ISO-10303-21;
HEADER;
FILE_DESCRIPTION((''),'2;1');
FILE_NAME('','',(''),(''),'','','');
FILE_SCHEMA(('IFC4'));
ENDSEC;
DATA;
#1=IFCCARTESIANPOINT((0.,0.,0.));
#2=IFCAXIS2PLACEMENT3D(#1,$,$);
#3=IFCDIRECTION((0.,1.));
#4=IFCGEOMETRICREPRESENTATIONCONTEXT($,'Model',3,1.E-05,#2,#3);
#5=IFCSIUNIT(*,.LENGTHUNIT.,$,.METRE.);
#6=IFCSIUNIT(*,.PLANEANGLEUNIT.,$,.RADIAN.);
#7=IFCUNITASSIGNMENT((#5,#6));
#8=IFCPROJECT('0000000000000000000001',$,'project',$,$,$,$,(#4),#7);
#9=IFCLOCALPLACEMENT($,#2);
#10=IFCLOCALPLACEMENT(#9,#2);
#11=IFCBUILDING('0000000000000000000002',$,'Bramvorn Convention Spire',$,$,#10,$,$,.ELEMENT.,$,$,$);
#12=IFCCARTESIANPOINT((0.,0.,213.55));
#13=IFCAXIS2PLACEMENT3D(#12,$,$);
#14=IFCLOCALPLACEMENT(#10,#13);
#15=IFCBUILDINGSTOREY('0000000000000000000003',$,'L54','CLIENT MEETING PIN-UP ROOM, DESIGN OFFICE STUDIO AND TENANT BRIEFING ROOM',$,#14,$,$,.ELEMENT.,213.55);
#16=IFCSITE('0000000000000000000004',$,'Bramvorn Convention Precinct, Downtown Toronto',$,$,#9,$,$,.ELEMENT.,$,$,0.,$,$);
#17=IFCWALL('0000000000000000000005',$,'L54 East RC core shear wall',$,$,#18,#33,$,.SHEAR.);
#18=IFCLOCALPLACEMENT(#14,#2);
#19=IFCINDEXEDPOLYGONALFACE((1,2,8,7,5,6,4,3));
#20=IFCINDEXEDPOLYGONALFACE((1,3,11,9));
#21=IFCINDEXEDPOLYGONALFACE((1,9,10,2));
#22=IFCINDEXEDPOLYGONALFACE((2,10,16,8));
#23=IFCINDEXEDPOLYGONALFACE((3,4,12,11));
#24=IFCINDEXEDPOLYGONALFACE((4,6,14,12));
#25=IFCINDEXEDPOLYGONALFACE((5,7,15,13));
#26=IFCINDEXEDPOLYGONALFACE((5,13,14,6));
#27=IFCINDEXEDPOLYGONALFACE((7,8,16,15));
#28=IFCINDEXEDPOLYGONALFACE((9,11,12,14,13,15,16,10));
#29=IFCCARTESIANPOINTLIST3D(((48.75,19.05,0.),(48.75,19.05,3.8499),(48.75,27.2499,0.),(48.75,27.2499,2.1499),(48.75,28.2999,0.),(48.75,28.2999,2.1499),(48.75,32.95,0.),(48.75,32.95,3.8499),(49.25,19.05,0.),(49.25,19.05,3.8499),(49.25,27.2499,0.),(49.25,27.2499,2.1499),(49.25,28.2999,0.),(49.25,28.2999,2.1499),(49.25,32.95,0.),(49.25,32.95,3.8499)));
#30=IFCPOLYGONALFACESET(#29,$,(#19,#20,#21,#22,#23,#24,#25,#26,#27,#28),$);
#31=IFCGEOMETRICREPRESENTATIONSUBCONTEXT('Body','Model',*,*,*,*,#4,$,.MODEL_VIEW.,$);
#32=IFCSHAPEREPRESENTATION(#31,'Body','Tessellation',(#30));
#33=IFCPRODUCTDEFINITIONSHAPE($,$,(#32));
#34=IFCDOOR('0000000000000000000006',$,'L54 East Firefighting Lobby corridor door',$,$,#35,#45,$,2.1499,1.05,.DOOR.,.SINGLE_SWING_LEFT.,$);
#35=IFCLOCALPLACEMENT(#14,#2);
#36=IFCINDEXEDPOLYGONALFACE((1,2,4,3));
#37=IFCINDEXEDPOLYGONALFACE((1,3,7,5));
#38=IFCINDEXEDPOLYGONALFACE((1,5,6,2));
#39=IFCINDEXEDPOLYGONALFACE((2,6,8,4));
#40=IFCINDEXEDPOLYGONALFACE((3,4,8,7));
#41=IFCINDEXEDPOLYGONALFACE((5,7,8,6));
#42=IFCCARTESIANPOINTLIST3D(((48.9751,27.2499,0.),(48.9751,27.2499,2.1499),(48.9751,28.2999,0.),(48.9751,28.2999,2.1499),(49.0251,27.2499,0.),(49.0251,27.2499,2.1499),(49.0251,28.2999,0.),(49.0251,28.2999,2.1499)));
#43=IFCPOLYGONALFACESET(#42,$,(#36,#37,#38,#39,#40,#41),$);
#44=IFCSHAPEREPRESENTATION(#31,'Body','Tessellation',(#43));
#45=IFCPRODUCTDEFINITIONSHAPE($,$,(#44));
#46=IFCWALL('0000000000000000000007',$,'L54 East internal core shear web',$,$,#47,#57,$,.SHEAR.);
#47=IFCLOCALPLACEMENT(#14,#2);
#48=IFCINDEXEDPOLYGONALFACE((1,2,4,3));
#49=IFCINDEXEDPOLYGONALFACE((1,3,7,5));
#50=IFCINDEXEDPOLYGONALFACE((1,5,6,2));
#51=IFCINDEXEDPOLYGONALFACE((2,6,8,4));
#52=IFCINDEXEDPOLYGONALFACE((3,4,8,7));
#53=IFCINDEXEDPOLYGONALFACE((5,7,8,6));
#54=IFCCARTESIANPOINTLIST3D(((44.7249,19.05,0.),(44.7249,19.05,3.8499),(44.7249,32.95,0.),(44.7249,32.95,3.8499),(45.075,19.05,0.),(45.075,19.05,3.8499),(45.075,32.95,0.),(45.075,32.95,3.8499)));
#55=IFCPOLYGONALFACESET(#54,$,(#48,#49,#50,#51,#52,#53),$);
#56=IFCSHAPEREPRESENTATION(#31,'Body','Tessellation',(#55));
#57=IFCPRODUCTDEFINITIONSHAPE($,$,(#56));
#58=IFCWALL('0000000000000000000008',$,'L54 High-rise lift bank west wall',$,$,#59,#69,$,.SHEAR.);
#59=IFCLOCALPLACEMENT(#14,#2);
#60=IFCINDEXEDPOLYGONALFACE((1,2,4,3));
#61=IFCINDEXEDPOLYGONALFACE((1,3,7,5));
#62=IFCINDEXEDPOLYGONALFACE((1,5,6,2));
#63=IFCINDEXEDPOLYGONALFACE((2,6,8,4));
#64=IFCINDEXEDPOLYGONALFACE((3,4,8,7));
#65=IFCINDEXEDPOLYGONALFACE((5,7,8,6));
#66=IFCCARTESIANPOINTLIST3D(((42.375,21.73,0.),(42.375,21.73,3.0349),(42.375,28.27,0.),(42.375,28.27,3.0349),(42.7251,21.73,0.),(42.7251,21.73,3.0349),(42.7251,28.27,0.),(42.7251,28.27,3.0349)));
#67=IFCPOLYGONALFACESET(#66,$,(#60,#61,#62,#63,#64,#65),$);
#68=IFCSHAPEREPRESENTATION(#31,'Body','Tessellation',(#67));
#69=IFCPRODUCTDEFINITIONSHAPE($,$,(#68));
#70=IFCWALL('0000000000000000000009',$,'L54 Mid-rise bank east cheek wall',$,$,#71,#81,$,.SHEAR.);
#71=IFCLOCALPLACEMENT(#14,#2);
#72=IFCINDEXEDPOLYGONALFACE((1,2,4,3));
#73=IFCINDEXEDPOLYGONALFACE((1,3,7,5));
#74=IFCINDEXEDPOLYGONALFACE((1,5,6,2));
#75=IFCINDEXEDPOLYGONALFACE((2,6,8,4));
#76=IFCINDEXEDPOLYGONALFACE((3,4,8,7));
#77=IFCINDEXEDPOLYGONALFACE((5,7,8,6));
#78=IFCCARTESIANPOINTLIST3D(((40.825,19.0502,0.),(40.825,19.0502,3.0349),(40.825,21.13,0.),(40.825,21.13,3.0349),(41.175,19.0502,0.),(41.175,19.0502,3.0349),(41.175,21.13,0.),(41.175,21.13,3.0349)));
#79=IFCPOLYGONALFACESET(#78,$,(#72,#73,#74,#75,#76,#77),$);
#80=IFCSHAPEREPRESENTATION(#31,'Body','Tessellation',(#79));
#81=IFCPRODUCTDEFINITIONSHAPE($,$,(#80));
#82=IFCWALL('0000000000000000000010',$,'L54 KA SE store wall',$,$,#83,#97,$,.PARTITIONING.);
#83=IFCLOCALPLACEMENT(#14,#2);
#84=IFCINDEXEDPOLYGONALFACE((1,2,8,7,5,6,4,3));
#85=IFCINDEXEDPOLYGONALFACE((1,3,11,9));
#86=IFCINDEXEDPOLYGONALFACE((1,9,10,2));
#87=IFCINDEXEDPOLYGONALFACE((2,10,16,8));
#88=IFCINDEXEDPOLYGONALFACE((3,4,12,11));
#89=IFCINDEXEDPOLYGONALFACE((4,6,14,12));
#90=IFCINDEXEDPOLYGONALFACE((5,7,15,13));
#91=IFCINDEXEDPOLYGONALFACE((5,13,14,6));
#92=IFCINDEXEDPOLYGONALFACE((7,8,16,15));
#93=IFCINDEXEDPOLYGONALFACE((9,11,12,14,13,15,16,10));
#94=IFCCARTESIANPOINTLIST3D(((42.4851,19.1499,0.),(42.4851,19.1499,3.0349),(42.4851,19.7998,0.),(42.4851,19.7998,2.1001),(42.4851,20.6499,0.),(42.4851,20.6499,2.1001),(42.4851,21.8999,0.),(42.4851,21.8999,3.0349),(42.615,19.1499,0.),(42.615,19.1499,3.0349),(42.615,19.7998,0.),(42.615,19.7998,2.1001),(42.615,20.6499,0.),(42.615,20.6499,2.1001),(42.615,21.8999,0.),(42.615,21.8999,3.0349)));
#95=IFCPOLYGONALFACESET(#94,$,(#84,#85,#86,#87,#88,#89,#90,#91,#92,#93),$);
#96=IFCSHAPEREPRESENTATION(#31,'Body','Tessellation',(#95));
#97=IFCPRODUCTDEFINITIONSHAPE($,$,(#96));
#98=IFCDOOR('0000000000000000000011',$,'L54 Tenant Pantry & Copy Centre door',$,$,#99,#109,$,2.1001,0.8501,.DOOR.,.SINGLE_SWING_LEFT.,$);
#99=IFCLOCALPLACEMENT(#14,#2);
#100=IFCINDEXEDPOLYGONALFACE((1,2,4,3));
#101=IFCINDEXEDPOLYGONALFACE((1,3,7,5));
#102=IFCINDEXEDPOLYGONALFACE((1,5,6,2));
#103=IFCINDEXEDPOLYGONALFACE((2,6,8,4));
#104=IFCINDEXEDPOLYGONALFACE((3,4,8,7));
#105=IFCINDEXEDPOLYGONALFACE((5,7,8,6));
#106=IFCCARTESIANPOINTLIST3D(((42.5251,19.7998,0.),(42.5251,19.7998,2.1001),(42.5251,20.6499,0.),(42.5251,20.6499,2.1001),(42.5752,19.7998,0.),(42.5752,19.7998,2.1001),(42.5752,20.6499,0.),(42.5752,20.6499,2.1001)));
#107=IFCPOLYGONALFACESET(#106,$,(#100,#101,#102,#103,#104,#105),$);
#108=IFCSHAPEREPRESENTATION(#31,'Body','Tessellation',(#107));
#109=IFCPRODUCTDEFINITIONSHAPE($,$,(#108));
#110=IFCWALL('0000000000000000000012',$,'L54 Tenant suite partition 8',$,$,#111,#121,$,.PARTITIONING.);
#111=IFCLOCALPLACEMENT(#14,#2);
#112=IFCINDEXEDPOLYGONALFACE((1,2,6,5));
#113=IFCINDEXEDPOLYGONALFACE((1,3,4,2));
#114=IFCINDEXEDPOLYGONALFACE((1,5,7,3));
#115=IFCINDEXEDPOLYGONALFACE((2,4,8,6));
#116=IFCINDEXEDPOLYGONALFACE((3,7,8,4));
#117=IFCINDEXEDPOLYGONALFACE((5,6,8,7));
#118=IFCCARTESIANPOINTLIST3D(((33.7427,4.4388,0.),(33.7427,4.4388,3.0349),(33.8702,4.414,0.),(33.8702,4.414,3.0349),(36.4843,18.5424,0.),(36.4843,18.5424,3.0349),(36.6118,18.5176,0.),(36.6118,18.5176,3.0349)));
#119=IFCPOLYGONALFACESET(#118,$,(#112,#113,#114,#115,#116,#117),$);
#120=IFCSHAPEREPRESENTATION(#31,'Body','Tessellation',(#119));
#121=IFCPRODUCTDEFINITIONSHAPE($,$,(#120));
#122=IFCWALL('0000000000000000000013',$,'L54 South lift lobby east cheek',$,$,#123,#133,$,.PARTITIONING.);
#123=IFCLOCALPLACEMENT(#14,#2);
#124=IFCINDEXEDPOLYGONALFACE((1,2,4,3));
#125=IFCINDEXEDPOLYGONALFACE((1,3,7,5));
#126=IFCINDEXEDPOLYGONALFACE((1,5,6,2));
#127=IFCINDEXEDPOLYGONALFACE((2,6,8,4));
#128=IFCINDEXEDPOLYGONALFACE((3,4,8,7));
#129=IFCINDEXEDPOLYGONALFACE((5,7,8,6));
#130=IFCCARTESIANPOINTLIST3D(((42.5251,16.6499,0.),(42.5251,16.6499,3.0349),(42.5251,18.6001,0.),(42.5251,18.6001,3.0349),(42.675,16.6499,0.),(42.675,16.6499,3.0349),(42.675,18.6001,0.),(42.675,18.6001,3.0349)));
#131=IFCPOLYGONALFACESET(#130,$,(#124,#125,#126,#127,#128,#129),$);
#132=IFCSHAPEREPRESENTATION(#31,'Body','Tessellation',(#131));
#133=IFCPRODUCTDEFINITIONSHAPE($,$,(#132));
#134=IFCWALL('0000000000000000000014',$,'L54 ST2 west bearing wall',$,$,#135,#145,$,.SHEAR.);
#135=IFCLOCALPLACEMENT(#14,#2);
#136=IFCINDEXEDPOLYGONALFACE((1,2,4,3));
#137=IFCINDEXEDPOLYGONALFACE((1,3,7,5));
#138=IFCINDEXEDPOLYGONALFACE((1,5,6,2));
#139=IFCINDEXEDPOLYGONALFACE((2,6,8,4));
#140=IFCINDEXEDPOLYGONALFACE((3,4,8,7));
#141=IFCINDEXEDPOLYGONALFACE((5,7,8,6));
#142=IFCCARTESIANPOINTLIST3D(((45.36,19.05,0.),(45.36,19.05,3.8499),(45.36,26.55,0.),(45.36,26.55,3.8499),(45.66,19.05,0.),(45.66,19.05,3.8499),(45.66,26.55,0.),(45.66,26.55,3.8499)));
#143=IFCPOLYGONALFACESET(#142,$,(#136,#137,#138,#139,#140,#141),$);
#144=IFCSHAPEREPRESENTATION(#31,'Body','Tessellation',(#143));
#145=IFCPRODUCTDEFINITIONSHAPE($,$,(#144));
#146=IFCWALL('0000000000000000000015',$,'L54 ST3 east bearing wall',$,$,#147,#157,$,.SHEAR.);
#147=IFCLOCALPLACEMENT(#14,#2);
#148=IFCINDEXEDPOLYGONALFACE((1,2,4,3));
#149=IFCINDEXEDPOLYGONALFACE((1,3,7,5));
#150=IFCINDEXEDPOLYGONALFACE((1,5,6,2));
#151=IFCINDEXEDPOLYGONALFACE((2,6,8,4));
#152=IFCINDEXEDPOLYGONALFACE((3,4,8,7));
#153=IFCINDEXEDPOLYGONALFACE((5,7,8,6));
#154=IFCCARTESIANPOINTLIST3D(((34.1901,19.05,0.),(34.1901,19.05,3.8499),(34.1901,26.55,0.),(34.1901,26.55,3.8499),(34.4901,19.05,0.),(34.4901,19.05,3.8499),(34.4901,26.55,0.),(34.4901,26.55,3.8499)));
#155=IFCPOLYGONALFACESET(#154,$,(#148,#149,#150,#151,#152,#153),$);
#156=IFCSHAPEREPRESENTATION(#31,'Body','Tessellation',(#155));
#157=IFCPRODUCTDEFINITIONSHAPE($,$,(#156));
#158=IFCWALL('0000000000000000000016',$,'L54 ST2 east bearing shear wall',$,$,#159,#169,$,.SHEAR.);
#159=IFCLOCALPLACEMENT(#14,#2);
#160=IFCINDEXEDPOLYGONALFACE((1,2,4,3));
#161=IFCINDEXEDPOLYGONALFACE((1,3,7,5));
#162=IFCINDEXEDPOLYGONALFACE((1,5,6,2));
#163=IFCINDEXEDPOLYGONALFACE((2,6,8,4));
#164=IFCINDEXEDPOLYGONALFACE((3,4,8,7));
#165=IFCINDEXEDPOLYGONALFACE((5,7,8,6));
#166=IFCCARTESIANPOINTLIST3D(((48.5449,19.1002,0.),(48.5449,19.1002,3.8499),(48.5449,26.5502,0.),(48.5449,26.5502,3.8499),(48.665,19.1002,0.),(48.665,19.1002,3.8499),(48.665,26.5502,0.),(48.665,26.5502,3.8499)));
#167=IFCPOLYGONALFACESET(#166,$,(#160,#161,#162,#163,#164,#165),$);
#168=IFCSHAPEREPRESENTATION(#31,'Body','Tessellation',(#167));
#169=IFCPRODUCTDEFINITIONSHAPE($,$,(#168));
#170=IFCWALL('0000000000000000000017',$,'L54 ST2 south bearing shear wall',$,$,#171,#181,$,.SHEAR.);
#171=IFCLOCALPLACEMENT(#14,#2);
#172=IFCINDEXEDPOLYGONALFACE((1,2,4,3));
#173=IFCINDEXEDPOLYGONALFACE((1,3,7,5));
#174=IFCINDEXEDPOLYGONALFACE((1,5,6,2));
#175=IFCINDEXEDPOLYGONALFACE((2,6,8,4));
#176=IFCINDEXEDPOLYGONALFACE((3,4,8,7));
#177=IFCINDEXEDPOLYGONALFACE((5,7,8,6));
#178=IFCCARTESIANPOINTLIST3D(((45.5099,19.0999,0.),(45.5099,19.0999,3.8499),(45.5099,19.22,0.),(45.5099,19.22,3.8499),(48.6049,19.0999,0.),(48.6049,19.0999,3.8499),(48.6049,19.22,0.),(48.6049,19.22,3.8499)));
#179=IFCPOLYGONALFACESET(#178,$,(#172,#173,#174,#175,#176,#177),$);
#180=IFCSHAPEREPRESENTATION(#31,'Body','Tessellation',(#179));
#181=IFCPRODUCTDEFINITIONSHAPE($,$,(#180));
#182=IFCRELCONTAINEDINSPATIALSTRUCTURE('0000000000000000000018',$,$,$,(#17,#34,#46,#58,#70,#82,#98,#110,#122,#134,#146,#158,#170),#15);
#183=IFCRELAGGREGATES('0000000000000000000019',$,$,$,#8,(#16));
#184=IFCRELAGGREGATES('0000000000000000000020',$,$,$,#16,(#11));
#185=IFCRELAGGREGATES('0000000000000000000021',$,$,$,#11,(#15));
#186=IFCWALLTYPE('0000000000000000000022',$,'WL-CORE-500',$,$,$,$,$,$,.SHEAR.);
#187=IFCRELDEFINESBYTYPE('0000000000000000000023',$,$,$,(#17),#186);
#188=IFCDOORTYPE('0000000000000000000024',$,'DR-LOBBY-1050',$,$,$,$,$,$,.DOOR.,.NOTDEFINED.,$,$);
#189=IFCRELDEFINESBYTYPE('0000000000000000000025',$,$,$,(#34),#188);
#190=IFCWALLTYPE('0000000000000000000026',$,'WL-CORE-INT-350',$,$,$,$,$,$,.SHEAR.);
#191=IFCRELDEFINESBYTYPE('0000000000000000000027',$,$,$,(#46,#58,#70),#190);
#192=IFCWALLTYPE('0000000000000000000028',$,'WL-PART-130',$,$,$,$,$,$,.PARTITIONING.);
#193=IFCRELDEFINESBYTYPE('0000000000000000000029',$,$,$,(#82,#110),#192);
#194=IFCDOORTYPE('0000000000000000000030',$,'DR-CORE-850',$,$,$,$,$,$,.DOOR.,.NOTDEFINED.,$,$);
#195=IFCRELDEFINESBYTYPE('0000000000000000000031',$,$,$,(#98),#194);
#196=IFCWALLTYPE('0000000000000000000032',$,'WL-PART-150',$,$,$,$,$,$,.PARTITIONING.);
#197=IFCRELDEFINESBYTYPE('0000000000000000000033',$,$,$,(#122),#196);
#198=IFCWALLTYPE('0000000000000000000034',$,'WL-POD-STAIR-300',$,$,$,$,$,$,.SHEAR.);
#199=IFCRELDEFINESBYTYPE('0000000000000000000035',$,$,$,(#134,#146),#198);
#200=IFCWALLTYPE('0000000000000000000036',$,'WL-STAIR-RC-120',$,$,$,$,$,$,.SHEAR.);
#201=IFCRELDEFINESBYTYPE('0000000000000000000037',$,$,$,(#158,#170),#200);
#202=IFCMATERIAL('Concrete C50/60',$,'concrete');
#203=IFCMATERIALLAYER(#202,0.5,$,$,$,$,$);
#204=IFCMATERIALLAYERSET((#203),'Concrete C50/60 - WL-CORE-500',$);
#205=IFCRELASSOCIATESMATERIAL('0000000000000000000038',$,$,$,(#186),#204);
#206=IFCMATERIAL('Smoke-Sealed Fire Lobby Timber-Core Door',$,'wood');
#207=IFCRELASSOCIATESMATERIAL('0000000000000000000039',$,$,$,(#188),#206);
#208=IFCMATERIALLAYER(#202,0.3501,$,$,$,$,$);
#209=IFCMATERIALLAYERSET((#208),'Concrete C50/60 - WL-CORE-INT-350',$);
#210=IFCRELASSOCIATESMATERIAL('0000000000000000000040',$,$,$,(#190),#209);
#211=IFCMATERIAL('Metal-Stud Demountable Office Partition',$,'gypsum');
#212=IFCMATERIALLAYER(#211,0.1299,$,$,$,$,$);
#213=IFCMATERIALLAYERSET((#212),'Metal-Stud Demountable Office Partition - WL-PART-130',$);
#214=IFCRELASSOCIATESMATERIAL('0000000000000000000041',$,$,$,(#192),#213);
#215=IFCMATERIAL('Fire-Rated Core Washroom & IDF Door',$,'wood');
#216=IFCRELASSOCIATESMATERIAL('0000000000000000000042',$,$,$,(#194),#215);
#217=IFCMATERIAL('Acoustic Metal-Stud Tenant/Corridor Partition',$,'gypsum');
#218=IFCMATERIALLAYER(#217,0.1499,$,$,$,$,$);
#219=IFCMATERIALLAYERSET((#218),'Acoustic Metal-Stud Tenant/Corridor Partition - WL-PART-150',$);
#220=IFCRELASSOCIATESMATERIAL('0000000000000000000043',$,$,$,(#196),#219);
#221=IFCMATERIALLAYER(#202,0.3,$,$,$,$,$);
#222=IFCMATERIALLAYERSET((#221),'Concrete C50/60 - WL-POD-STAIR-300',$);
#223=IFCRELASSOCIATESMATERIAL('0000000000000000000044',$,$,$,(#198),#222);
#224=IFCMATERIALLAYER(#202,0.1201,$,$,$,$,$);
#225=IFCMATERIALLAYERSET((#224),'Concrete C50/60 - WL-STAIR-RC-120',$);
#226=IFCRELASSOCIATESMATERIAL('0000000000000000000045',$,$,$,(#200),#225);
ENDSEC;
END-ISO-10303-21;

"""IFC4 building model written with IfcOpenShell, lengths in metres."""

from ifc_helpers import new_model, si_unit, direction, frame, frame_2d, origin, place, context, subcontext, project, spatial, rectangle, extrude, material, layer, layer_set, type_object, element, fill, save


model = new_model("IFC4")

# Units and contexts
model_context = context("Model", 3, precision=1e-05, world=origin(), true_north=direction((0.0, 1.0)))
body_context = subcontext(model_context, "Body", "Model", "MODEL_VIEW")
ifc_project = project(units=[si_unit("LENGTHUNIT", "METRE"), si_unit("PLANEANGLEUNIT", "RADIAN")], contexts=[model_context])

# Site, building, storey
site_placement = place(None, origin())
site = spatial("IfcSite", under=ifc_project, at=site_placement, Name="Bramvorn Convention Precinct, Downtown Toronto", CompositionType="ELEMENT", RefElevation=0.0)
building_placement = place(site_placement, origin())
building = spatial("IfcBuilding", under=site, at=building_placement, Name="Bramvorn Convention Spire", CompositionType="ELEMENT")
storey_placement = place(building_placement, frame((0.0, 0.0, 213.55)))
storey = spatial("IfcBuildingStorey", under=building, at=storey_placement, Name="L54", Description="CLIENT MEETING PIN-UP ROOM, DESIGN OFFICE STUDIO AND TENANT BRIEFING ROOM", CompositionType="ELEMENT", Elevation=213.55)

# Wall, opening, door
ifc_material_1 = material(Name="Concrete C50/60", Category="concrete")
ifc_layer_1 = layer(ifc_material_1, 0.5)
ifc_layer_set_1 = layer_set([ifc_layer_1], Name="Concrete C50/60 - WL-CORE-500")
wall_type_1 = type_object("IfcWallType", Name="WL-CORE-500", PredefinedType="SHEAR", material=ifc_layer_set_1)
wall_1_placement = place(storey_placement, frame((49.0, 19.05, 0.0), z_axis=(0.0, 0.0, 1.0), x_axis=(0.0, 1.0, 0.0)))
wall_1 = element("IfcWall", 1, at=wall_1_placement, inside=storey, type_object=wall_type_1, Name="L54 East RC core shear wall", PredefinedType="SHEAR", context=body_context, shape_type="SweptSolid", body=[
    extrude(rectangle(XDim=13.8999, YDim=0.5, at=frame_2d((6.95, 0.0))), origin(), (0.0, 0.0, 1.0), 3.8499),
])
opening_1_placement = place(wall_1_placement, frame((8.2, 0.0, 0.0)))
opening_1 = element("IfcOpeningElement", 2, at=opening_1_placement, cuts=wall_1, PredefinedType="OPENING", context=body_context, shape_type="SweptSolid", body=[
    extrude(rectangle(XDim=1.05, YDim=2.1499, at=frame_2d((0.5249, 1.075))), frame((0.0, 0.26, 0.0), z_axis=(0.0, -1.0, 0.0), x_axis=(1.0, 0.0, 0.0)), (0.0, 0.0, 1.0), 0.52),
])
ifc_material_2 = material(Name="Smoke-Sealed Fire Lobby Timber-Core Door", Category="wood")
door_type_1 = type_object("IfcDoorType", Name="DR-LOBBY-1050", OperationType="NOTDEFINED", PredefinedType="DOOR", material=ifc_material_2)
door_1_placement = place(opening_1_placement, origin())
door_1 = element("IfcDoor", 3, at=door_1_placement, inside=storey, type_object=door_type_1, Name="L54 East Firefighting Lobby corridor door", OperationType="SINGLE_SWING_LEFT", OverallHeight=2.1499, OverallWidth=1.05, PredefinedType="DOOR", context=body_context, shape_type="SweptSolid", body=[
    extrude(rectangle(XDim=1.05, YDim=2.1499, at=frame_2d((0.5249, 1.075))), frame((0.0, 0.0249, 0.0), z_axis=(0.0, -1.0, 0.0), x_axis=(1.0, 0.0, 0.0)), (0.0, 0.0, 1.0), 0.05),
])
fill(opening_1, door_1)

# Walls
ifc_layer_2 = layer(ifc_material_1, 0.3501)
ifc_layer_set_2 = layer_set([ifc_layer_2], Name="Concrete C50/60 - WL-CORE-INT-350")
wall_type_2 = type_object("IfcWallType", Name="WL-CORE-INT-350", PredefinedType="SHEAR", material=ifc_layer_set_2)
wall_2_placement = place(storey_placement, frame((44.8999, 19.05, 0.0), z_axis=(0.0, 0.0, 1.0), x_axis=(0.0, 1.0, 0.0)))
element("IfcWall", 4, at=wall_2_placement, inside=storey, type_object=wall_type_2, Name="L54 East internal core shear web", PredefinedType="SHEAR", context=body_context, shape_type="SweptSolid", body=[
    extrude(rectangle(XDim=13.8999, YDim=0.3501, at=frame_2d((6.95, 0.0))), origin(), (0.0, 0.0, 1.0), 3.8499),
])
wall_3_placement = place(storey_placement, frame((42.55, 21.73, 0.0), z_axis=(0.0, 0.0, 1.0), x_axis=(0.0, 1.0, 0.0)))
element("IfcWall", 5, at=wall_3_placement, inside=storey, type_object=wall_type_2, Name="L54 High-rise lift bank west wall", PredefinedType="SHEAR", context=body_context, shape_type="SweptSolid", body=[
    extrude(rectangle(XDim=6.54, YDim=0.3501, at=frame_2d((3.27, 0.0))), origin(), (0.0, 0.0, 1.0), 3.0349),
])

# Wall
wall_4_placement = place(storey_placement, frame((41.0, 19.05, 0.0), z_axis=(0.0, 0.0, 1.0), x_axis=(0.0, 1.0, 0.0)))
element("IfcWall", 6, at=wall_4_placement, inside=storey, type_object=wall_type_2, Name="L54 Mid-rise bank east cheek wall", PredefinedType="SHEAR", context=body_context, shape_type="SweptSolid", body=[
    extrude(rectangle(XDim=2.0798, YDim=0.3501, at=frame_2d((1.04, 0.0))), origin(), (0.0, 0.0, 1.0), 3.0349),
])

# Wall, opening, door
ifc_material_3 = material(Name="Metal-Stud Demountable Office Partition", Category="gypsum")
ifc_layer_3 = layer(ifc_material_3, 0.1299)
ifc_layer_set_3 = layer_set([ifc_layer_3], Name="Metal-Stud Demountable Office Partition - WL-PART-130")
wall_type_3 = type_object("IfcWallType", Name="WL-PART-130", PredefinedType="PARTITIONING", material=ifc_layer_set_3)
wall_5_placement = place(storey_placement, frame((42.55, 19.1499, 0.0), z_axis=(0.0, 0.0, 1.0), x_axis=(0.0, 1.0, 0.0)))
wall_5 = element("IfcWall", 7, at=wall_5_placement, inside=storey, type_object=wall_type_3, Name="L54 KA SE store wall", PredefinedType="PARTITIONING", context=body_context, shape_type="SweptSolid", body=[
    extrude(rectangle(XDim=2.75, YDim=0.1299, at=frame_2d((1.375, 0.0))), origin(), (0.0, 0.0, 1.0), 3.0349),
])
opening_2_placement = place(wall_5_placement, frame((0.6499, 0.0, 0.0)))
opening_2 = element("IfcOpeningElement", 8, at=opening_2_placement, cuts=wall_5, PredefinedType="OPENING", context=body_context, shape_type="SweptSolid", body=[
    extrude(rectangle(XDim=0.8501, YDim=2.1001, at=frame_2d((0.425, 1.05))), frame((0.0, 0.075, 0.0), z_axis=(0.0, -1.0, 0.0), x_axis=(1.0, 0.0, 0.0)), (0.0, 0.0, 1.0), 0.1499),
])
ifc_material_4 = material(Name="Fire-Rated Core Washroom & IDF Door", Category="wood")
door_type_2 = type_object("IfcDoorType", Name="DR-CORE-850", OperationType="NOTDEFINED", PredefinedType="DOOR", material=ifc_material_4)
door_2_placement = place(opening_2_placement, origin())
door_2 = element("IfcDoor", 9, at=door_2_placement, inside=storey, type_object=door_type_2, Name="L54 Tenant Pantry & Copy Centre door", OperationType="SINGLE_SWING_LEFT", OverallHeight=2.1001, OverallWidth=0.8501, PredefinedType="DOOR", context=body_context, shape_type="SweptSolid", body=[
    extrude(rectangle(XDim=0.8501, YDim=2.1001, at=frame_2d((0.425, 1.05))), frame((0.0, 0.0249, 0.0), z_axis=(0.0, -1.0, 0.0), x_axis=(1.0, 0.0, 0.0)), (0.0, 0.0, 1.0), 0.05),
])
fill(opening_2, door_2)

# Walls
wall_6_placement = place(storey_placement, frame((36.5481, 18.53, 0.0), z_axis=(0.0, 0.0, 1.0), x_axis=(-0.190823, -0.981624, 0.0)))
element("IfcWall", 10, at=wall_6_placement, inside=storey, type_object=wall_type_3, Name="L54 Tenant suite partition 8", PredefinedType="PARTITIONING", context=body_context, shape_type="SweptSolid", body=[
    extrude(rectangle(XDim=14.3677, YDim=0.1299, at=frame_2d((7.1838, 0.0))), origin(), (0.0, 0.0, 1.0), 3.0349),
])
ifc_material_5 = material(Name="Acoustic Metal-Stud Tenant/Corridor Partition", Category="gypsum")
ifc_layer_4 = layer(ifc_material_5, 0.1499)
ifc_layer_set_4 = layer_set([ifc_layer_4], Name="Acoustic Metal-Stud Tenant/Corridor Partition - WL-PART-150")
wall_type_4 = type_object("IfcWallType", Name="WL-PART-150", PredefinedType="PARTITIONING", material=ifc_layer_set_4)
wall_7_placement = place(storey_placement, frame((42.6001, 16.6499, 0.0), z_axis=(0.0, 0.0, 1.0), x_axis=(0.0, 1.0, 0.0)))
element("IfcWall", 11, at=wall_7_placement, inside=storey, type_object=wall_type_4, Name="L54 South lift lobby east cheek", PredefinedType="PARTITIONING", context=body_context, shape_type="SweptSolid", body=[
    extrude(rectangle(XDim=1.9502, YDim=0.1499, at=frame_2d((0.9751, 0.0))), origin(), (0.0, 0.0, 1.0), 3.0349),
])
ifc_layer_5 = layer(ifc_material_1, 0.3)
ifc_layer_set_5 = layer_set([ifc_layer_5], Name="Concrete C50/60 - WL-POD-STAIR-300")
wall_type_5 = type_object("IfcWallType", Name="WL-POD-STAIR-300", PredefinedType="SHEAR", material=ifc_layer_set_5)
for number, where, z_axis, x_axis, name in (
    (12, (45.51, 19.05, 0.0), (0.0, 0.0, 1.0), (0.0, 1.0, 0.0), "L54 ST2 west bearing wall"),
    (13, (34.3401, 19.05, 0.0), (0.0, 0.0, 1.0), (0.0, 1.0, 0.0), "L54 ST3 east bearing wall"),
):
    element("IfcWall", number, at=place(storey_placement, frame(where, z_axis=z_axis, x_axis=x_axis)), inside=storey, type_object=wall_type_5, Name=name, PredefinedType="SHEAR", context=body_context, shape_type="SweptSolid", body=[
        extrude(rectangle(XDim=7.5, YDim=0.3, at=frame_2d((3.75, 0.0))), origin(), (0.0, 0.0, 1.0), 3.8499),
    ])
ifc_layer_6 = layer(ifc_material_1, 0.1201)
ifc_layer_set_6 = layer_set([ifc_layer_6], Name="Concrete C50/60 - WL-STAIR-RC-120")
wall_type_6 = type_object("IfcWallType", Name="WL-STAIR-RC-120", PredefinedType="SHEAR", material=ifc_layer_set_6)
wall_8_placement = place(storey_placement, frame((48.605, 19.1001, 0.0), z_axis=(0.0, 0.0, 1.0), x_axis=(0.0, 1.0, 0.0)))
element("IfcWall", 14, at=wall_8_placement, inside=storey, type_object=wall_type_6, Name="L54 ST2 east bearing shear wall", PredefinedType="SHEAR", context=body_context, shape_type="SweptSolid", body=[
    extrude(rectangle(XDim=7.45, YDim=0.1201, at=frame_2d((3.7251, 0.0))), origin(), (0.0, 0.0, 1.0), 3.8499),
])
wall_9_placement = place(storey_placement, frame((45.51, 19.1599, 0.0), z_axis=(0.0, 0.0, 1.0), x_axis=(1.0, 0.0, 0.0)))
element("IfcWall", 15, at=wall_9_placement, inside=storey, type_object=wall_type_6, Name="L54 ST2 south bearing shear wall", PredefinedType="SHEAR", context=body_context, shape_type="SweptSolid", body=[
    extrude(rectangle(XDim=3.095, YDim=0.1201, at=frame_2d((1.5474, 0.0))), origin(), (0.0, 0.0, 1.0), 3.8499),
])

save(model, "model.ifc")
